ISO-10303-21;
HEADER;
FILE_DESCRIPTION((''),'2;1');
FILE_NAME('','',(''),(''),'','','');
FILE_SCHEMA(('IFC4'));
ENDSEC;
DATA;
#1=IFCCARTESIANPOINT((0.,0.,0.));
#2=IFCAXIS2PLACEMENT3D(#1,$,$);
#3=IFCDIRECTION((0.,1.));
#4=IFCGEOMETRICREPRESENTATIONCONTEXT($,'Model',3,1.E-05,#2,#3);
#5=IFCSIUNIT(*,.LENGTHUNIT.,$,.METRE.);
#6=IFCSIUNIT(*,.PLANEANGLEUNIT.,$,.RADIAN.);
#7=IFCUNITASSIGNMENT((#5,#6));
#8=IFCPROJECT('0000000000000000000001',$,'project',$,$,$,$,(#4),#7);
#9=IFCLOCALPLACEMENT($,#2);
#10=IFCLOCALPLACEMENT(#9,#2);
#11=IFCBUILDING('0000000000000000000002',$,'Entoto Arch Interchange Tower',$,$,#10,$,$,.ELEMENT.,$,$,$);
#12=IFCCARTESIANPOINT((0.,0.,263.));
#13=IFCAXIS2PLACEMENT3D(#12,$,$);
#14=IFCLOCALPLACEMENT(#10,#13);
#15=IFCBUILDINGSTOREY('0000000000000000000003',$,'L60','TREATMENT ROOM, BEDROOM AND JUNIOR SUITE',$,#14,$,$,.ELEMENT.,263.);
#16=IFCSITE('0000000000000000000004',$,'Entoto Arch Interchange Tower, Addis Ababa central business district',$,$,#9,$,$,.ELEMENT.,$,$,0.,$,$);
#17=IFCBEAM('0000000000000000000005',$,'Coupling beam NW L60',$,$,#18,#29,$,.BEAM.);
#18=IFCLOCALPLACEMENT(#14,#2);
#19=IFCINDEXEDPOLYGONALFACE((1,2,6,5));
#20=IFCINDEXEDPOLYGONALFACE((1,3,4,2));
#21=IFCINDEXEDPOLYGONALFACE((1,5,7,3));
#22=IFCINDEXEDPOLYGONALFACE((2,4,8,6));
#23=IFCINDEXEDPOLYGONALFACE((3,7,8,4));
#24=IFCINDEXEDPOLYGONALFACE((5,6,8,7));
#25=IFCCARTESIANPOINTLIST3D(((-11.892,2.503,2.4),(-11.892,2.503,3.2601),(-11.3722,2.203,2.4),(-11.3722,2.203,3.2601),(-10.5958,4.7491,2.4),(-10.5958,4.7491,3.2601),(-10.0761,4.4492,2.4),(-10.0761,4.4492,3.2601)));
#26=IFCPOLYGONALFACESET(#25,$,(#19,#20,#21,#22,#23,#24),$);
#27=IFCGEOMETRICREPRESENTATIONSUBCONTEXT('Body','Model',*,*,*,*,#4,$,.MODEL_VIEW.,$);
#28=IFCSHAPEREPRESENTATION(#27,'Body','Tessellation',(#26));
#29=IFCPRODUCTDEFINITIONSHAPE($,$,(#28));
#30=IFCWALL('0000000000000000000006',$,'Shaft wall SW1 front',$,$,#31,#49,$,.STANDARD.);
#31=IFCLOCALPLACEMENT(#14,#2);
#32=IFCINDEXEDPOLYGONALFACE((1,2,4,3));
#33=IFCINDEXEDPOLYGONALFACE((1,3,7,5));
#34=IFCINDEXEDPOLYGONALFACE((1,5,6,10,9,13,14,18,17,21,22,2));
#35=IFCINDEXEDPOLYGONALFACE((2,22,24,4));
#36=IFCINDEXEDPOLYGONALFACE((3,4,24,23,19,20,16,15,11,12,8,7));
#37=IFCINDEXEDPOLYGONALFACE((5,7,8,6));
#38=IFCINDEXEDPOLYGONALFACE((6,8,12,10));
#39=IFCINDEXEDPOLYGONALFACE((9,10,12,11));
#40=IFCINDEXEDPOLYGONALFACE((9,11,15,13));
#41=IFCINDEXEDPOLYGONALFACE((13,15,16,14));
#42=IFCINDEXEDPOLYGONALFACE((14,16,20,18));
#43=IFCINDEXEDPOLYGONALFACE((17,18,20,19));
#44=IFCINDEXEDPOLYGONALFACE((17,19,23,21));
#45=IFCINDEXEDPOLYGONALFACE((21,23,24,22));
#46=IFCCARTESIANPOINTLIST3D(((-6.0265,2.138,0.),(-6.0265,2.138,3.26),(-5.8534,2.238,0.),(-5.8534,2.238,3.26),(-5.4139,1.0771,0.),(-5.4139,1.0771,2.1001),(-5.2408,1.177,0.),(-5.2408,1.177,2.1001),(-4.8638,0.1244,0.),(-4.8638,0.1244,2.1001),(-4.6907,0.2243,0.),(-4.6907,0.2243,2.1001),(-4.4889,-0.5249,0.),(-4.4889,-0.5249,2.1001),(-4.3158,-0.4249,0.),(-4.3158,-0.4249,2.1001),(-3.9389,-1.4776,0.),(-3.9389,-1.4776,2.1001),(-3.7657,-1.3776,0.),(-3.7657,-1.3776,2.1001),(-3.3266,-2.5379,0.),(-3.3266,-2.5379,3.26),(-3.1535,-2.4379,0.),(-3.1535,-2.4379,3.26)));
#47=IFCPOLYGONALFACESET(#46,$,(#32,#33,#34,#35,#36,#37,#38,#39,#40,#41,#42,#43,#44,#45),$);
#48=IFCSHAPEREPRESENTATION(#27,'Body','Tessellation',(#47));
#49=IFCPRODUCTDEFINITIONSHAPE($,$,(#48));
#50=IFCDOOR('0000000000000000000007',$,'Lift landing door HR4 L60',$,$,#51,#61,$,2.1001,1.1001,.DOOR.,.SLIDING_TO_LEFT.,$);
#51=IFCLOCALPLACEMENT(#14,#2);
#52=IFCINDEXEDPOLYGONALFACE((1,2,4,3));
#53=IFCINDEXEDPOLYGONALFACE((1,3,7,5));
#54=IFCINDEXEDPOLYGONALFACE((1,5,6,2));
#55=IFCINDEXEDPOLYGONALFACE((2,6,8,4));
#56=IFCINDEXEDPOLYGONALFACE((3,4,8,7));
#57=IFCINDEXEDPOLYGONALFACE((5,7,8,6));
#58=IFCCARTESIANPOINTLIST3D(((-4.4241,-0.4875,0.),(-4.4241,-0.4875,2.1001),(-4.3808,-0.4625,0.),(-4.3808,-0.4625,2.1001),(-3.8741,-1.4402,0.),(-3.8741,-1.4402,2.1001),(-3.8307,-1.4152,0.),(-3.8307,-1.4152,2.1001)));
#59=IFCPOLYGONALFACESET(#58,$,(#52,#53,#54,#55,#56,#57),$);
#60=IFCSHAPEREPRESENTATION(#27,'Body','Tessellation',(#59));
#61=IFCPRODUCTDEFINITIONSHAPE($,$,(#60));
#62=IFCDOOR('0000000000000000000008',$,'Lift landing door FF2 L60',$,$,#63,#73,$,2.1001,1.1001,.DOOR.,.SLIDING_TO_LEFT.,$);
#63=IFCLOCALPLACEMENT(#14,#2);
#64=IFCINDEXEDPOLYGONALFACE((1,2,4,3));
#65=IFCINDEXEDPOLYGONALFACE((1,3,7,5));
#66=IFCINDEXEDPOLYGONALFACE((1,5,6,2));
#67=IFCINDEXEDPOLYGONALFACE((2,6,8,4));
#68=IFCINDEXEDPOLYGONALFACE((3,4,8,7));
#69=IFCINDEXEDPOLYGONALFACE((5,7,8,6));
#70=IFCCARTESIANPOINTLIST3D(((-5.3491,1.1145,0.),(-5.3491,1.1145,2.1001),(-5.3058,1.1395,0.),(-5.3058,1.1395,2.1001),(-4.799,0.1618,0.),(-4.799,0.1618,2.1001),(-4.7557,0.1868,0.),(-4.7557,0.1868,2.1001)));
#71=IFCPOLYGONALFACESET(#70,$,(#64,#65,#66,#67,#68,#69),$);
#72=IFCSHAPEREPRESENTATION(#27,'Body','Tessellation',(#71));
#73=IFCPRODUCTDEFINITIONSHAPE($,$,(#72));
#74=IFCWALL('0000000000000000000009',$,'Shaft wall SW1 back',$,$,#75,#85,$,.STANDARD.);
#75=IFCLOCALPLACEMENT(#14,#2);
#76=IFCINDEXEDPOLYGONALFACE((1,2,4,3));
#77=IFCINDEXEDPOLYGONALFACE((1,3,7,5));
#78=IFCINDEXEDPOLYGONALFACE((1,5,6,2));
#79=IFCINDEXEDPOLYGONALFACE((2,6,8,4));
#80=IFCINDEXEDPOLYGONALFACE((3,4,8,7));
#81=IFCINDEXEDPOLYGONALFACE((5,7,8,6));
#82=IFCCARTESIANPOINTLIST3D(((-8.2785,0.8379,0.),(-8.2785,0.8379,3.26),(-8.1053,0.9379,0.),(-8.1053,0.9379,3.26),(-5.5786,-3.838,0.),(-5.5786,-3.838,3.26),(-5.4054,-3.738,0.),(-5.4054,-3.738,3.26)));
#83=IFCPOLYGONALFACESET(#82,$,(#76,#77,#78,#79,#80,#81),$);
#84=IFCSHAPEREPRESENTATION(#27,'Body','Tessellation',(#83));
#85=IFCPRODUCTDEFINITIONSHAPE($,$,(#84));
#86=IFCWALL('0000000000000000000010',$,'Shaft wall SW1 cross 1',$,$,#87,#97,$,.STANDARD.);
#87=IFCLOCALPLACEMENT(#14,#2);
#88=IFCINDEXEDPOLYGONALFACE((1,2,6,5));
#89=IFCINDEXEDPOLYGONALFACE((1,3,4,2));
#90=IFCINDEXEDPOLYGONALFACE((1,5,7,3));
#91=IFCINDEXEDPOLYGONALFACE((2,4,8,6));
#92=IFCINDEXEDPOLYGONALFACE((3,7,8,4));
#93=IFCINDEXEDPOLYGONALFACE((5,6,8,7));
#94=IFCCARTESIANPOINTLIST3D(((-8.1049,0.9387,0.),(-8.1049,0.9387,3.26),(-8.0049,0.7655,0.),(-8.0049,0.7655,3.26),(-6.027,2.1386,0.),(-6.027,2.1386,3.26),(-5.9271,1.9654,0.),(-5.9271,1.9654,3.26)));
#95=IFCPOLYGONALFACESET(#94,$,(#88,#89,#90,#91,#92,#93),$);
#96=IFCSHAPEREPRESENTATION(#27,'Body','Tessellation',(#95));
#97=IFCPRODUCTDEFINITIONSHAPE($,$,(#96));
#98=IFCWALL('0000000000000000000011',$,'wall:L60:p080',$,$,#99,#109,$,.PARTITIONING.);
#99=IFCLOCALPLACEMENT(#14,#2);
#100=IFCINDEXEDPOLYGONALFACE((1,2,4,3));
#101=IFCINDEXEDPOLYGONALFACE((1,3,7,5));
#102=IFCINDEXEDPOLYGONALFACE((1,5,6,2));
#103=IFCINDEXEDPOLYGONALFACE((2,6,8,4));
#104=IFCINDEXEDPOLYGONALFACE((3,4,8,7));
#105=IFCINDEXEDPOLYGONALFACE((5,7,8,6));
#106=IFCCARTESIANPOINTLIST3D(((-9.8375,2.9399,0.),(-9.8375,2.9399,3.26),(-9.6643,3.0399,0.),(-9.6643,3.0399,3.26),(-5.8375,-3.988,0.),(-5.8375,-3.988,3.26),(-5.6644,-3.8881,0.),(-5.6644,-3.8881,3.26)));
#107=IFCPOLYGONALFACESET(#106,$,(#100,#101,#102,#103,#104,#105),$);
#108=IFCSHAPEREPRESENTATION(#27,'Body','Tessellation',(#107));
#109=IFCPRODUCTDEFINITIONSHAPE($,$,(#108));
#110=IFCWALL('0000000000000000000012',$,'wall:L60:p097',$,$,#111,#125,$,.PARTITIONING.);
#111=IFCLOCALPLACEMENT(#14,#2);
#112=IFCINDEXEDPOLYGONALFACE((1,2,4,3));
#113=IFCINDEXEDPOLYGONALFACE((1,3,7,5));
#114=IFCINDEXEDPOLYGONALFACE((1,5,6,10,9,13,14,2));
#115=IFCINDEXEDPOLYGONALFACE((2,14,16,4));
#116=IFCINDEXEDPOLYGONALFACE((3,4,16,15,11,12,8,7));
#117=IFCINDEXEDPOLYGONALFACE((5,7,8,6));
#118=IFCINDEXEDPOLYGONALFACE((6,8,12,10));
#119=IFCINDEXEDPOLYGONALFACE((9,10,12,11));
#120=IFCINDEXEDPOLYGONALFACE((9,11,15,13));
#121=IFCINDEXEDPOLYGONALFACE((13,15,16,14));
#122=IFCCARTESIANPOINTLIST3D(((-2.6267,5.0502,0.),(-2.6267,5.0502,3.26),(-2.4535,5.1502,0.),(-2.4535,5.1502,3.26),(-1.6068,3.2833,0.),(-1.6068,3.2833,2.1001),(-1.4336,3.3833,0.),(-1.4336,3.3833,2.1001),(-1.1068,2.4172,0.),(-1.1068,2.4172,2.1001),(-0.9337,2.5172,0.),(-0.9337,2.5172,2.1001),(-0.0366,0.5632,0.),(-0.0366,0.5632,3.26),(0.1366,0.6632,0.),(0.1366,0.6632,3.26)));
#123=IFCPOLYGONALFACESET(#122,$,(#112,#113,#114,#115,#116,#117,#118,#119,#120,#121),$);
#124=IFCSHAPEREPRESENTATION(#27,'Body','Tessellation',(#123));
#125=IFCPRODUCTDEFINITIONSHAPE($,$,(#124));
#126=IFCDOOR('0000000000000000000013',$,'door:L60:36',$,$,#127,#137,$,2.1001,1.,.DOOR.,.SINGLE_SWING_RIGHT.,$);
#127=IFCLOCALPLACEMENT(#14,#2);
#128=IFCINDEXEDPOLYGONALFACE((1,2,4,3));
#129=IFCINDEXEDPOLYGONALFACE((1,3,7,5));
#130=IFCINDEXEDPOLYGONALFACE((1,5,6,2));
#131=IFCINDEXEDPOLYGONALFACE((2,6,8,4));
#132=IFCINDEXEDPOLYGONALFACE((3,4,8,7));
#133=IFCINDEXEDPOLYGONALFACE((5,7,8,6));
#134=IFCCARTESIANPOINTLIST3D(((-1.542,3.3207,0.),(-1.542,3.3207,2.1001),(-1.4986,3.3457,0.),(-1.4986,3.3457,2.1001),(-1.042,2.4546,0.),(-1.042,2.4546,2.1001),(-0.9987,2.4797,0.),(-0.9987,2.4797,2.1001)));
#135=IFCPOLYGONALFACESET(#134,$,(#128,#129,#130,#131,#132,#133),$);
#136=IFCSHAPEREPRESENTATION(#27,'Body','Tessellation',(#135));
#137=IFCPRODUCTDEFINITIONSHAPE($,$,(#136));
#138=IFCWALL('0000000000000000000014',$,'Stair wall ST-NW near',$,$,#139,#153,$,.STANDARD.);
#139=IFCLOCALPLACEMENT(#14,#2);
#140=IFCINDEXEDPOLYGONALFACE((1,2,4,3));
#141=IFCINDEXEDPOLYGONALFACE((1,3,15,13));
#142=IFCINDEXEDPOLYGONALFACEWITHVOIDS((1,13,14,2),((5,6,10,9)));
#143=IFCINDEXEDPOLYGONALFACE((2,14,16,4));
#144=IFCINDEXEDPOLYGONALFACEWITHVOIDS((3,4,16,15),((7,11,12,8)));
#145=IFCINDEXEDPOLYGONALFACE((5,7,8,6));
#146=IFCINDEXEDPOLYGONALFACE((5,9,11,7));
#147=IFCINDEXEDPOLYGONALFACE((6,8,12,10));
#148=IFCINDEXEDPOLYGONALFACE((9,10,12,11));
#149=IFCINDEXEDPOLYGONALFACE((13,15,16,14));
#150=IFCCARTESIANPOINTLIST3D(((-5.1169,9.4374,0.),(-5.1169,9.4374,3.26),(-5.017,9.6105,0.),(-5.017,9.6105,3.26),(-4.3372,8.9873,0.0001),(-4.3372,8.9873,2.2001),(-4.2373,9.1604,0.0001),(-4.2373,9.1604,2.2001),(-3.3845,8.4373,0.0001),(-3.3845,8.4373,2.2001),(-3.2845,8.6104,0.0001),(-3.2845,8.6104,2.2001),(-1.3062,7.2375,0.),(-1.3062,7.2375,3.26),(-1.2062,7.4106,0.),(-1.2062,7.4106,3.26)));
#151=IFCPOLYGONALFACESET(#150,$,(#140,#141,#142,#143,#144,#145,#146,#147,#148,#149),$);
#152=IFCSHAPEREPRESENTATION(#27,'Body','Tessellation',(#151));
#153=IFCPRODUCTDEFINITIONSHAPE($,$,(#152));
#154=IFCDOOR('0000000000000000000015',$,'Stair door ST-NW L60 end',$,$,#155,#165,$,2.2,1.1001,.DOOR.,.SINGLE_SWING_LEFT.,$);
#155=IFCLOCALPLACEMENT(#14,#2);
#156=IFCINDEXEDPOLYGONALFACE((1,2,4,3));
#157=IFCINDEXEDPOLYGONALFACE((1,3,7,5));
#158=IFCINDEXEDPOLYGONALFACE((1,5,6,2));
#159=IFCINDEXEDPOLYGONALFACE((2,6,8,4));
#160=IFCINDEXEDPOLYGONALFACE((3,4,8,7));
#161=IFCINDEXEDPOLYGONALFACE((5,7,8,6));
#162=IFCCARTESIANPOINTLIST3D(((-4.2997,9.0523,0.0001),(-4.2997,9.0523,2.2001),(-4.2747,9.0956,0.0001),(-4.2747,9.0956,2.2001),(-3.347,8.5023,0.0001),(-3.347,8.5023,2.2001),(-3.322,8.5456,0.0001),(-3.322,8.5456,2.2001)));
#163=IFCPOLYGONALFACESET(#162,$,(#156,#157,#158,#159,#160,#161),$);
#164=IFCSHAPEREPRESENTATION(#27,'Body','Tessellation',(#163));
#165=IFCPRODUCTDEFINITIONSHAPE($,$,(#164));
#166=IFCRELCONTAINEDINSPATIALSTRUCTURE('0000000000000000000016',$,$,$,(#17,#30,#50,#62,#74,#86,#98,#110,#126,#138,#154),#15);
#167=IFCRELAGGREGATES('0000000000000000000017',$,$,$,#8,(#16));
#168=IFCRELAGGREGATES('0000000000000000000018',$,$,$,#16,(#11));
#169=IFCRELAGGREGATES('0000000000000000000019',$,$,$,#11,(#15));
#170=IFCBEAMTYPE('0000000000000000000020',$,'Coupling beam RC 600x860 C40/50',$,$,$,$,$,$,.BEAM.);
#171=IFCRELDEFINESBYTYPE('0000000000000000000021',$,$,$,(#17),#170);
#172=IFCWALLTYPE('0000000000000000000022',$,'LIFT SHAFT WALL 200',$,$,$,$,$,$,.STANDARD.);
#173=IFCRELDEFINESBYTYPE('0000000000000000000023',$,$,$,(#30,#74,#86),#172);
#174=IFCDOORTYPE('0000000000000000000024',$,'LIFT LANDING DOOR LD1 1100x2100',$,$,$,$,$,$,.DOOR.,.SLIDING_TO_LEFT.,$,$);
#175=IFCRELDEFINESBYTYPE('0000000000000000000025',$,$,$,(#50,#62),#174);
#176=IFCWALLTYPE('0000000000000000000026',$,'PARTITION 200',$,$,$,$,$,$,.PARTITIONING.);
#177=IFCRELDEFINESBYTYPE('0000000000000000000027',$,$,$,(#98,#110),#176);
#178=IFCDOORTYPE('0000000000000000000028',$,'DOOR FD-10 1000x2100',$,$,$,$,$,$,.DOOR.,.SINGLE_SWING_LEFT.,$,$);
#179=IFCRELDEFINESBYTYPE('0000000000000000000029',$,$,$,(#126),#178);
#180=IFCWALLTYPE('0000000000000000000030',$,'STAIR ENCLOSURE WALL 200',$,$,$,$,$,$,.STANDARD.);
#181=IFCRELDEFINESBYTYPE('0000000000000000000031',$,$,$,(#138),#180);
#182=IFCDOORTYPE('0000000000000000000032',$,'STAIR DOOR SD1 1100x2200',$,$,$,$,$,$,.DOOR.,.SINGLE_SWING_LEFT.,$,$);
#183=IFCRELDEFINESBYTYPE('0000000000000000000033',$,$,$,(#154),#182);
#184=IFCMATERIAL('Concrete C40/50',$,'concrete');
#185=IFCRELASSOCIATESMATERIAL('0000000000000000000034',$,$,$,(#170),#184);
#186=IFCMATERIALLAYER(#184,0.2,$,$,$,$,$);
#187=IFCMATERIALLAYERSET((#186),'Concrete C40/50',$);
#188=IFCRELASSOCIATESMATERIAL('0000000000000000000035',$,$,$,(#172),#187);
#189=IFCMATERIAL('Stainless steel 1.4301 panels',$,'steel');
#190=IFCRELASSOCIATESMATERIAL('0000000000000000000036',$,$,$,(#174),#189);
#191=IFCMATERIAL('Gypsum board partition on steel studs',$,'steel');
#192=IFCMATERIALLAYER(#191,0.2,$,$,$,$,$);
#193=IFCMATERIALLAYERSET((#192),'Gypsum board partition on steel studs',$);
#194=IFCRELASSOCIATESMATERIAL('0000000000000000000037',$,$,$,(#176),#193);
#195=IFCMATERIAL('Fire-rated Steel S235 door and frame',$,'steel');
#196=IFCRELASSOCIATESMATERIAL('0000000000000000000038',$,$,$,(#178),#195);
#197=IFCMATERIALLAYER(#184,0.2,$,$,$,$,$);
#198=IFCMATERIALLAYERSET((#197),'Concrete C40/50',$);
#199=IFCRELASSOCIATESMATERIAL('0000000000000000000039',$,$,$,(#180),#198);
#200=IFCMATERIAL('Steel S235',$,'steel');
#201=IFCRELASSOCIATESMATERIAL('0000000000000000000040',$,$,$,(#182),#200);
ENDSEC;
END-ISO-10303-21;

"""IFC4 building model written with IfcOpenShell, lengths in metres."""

from ifc_helpers import new_model, si_unit, direction, frame, frame_2d, origin, origin_2d, place, context, subcontext, project, spatial, rectangle, extrude, material, layer, layer_set, material_profile, profile_set, type_object, element, fill, save


model = new_model("IFC4")

# Units and contexts
model_context = context("Model", 3, precision=1e-05, world=origin(), true_north=direction((0.0, 1.0)))
body_context = subcontext(model_context, "Body", "Model", "MODEL_VIEW")
ifc_project = project(units=[si_unit("LENGTHUNIT", "METRE"), si_unit("PLANEANGLEUNIT", "RADIAN")], contexts=[model_context])

# Site, building, storey
site_placement = place(None, origin())
site = spatial("IfcSite", under=ifc_project, at=site_placement, Name="Entoto Arch Interchange Tower, Addis Ababa central business district", CompositionType="ELEMENT", RefElevation=0.0)
building_placement = place(site_placement, origin())
building = spatial("IfcBuilding", under=site, at=building_placement, Name="Entoto Arch Interchange Tower", CompositionType="ELEMENT")
storey_placement = place(building_placement, frame((0.0, 0.0, 263.0)))
storey = spatial("IfcBuildingStorey", under=building, at=storey_placement, Name="L60", Description="TREATMENT ROOM, BEDROOM AND JUNIOR SUITE", CompositionType="ELEMENT", Elevation=263.0)

# Beam
ifc_material_1 = material(Name="Concrete C40/50", Category="concrete")
ifc_material_profile = material_profile(ifc_material_1, rectangle(XDim=0.6001, YDim=0.8601, at=origin_2d()))
ifc_profile_set = profile_set([ifc_material_profile], Name="Concrete C40/50")
beam_type = type_object("IfcBeamType", Name="Coupling beam RC 600x860 C40/50", PredefinedType="BEAM", material=ifc_profile_set)
beam_placement = place(storey_placement, frame((-10.3359, 4.5991, 2.8301), z_axis=(-0.499815, -0.866132, 0.0), x_axis=(0.866132, -0.499815, 0.0)))
element("IfcBeam", 1, at=beam_placement, inside=storey, type_object=beam_type, Name="Coupling beam NW L60", PredefinedType="BEAM", context=body_context, shape_type="SweptSolid", body=[
    extrude(rectangle(XDim=0.6001, YDim=0.8601, at=origin_2d()), origin(), (0.0, 0.0, 1.0), 2.5933),
])

# Wall, openings, doors
ifc_layer_1 = layer(ifc_material_1, 0.2)
ifc_layer_set_1 = layer_set([ifc_layer_1], Name="Concrete C40/50")
wall_type_1 = type_object("IfcWallType", Name="LIFT SHAFT WALL 200", PredefinedType="STANDARD", material=ifc_layer_set_1)
wall_1_placement = place(storey_placement, frame((-5.9399, 2.188, 0.0), z_axis=(0.0, 0.0, 1.0), x_axis=(0.500034, -0.866006, 0.0)))
wall_1 = element("IfcWall", 2, at=wall_1_placement, inside=storey, type_object=wall_type_1, Name="Shaft wall SW1 front", PredefinedType="STANDARD", context=body_context, shape_type="SweptSolid", body=[
    extrude(rectangle(XDim=5.3994, YDim=0.2, at=frame_2d((2.6997, 0.0))), origin(), (0.0, 0.0, 1.0), 3.26),
])
opening_1_placement = place(wall_1_placement, frame((3.075, 0.0, 0.0)))
opening_1 = element("IfcOpeningElement", 3, at=opening_1_placement, cuts=wall_1, PredefinedType="OPENING", context=body_context, shape_type="SweptSolid", body=[
    extrude(rectangle(XDim=1.1001, YDim=2.1001, at=frame_2d((0.55, 1.05))), frame((0.0, 0.1099, 0.0), z_axis=(0.0, -1.0, 0.0), x_axis=(1.0, 0.0, 0.0)), (0.0, 0.0, 1.0), 0.22),
])
opening_2_placement = place(wall_1_placement, frame((1.2251, 0.0, 0.0)))
opening_2 = element("IfcOpeningElement", 4, at=opening_2_placement, cuts=wall_1, PredefinedType="OPENING", context=body_context, shape_type="SweptSolid", body=[
    extrude(rectangle(XDim=1.1001, YDim=2.1001, at=frame_2d((0.55, 1.05))), frame((0.0, 0.1099, 0.0), z_axis=(0.0, -1.0, 0.0), x_axis=(1.0, 0.0, 0.0)), (0.0, 0.0, 1.0), 0.22),
])
ifc_material_2 = material(Name="Stainless steel 1.4301 panels", Category="steel")
door_type_1 = type_object("IfcDoorType", Name="LIFT LANDING DOOR LD1 1100x2100", OperationType="SLIDING_TO_LEFT", PredefinedType="DOOR", material=ifc_material_2)
door_1_placement = place(opening_1_placement, origin())
door_1 = element("IfcDoor", 5, at=door_1_placement, inside=storey, type_object=door_type_1, Name="Lift landing door HR4 L60", OperationType="SLIDING_TO_LEFT", OverallHeight=2.1001, OverallWidth=1.1001, PredefinedType="DOOR", context=body_context, shape_type="SweptSolid", body=[
    extrude(rectangle(XDim=1.1001, YDim=2.1001, at=frame_2d((0.55, 1.05))), frame((0.0, 0.0249, 0.0), z_axis=(0.0, -1.0, 0.0), x_axis=(1.0, 0.0, 0.0)), (0.0, 0.0, 1.0), 0.05),
])
fill(opening_1, door_1)
door_2_placement = place(opening_2_placement, origin())
door_2 = element("IfcDoor", 6, at=door_2_placement, inside=storey, type_object=door_type_1, Name="Lift landing door FF2 L60", OperationType="SLIDING_TO_LEFT", OverallHeight=2.1001, OverallWidth=1.1001, PredefinedType="DOOR", context=body_context, shape_type="SweptSolid", body=[
    extrude(rectangle(XDim=1.1001, YDim=2.1001, at=frame_2d((0.55, 1.05))), frame((0.0, 0.0249, 0.0), z_axis=(0.0, -1.0, 0.0), x_axis=(1.0, 0.0, 0.0)), (0.0, 0.0, 1.0), 0.05),
])
fill(opening_2, door_2)

# Walls
wall_2_placement = place(storey_placement, frame((-8.1919, 0.8879, 0.0), z_axis=(0.0, 0.0, 1.0), x_axis=(0.500034, -0.866006, 0.0)))
element("IfcWall", 7, at=wall_2_placement, inside=storey, type_object=wall_type_1, Name="Shaft wall SW1 back", PredefinedType="STANDARD", context=body_context, shape_type="SweptSolid", body=[
    extrude(rectangle(XDim=5.3994, YDim=0.2, at=frame_2d((2.6997, 0.0))), origin(), (0.0, 0.0, 1.0), 3.26),
])
wall_3_placement = place(storey_placement, frame((-5.9771, 2.052, 0.0), z_axis=(0.0, 0.0, 1.0), x_axis=(-0.865974, -0.500089, 0.0)))
element("IfcWall", 8, at=wall_3_placement, inside=storey, type_object=wall_type_1, Name="Shaft wall SW1 cross 1", PredefinedType="STANDARD", context=body_context, shape_type="SweptSolid", body=[
    extrude(rectangle(XDim=2.3994, YDim=0.2, at=frame_2d((1.1997, 0.0))), origin(), (0.0, 0.0, 1.0), 3.26),
])
ifc_material_3 = material(Name="Gypsum board partition on steel studs", Category="steel")
ifc_layer_2 = layer(ifc_material_3, 0.2)
ifc_layer_set_2 = layer_set([ifc_layer_2], Name="Gypsum board partition on steel studs")
wall_type_2 = type_object("IfcWallType", Name="PARTITION 200", PredefinedType="PARTITIONING", material=ifc_layer_set_2)
wall_4_placement = place(storey_placement, frame((-9.751, 2.99, 0.0), z_axis=(0.0, 0.0, 1.0), x_axis=(0.500012, -0.866018, 0.0)))
element("IfcWall", 9, at=wall_4_placement, inside=storey, type_object=wall_type_2, Name="wall:L60:p080", PredefinedType="PARTITIONING", context=body_context, shape_type="SweptSolid", body=[
    extrude(rectangle(XDim=7.9998, YDim=0.2, at=frame_2d((4.0, 0.0))), origin(), (0.0, 0.0, 1.0), 3.26),
])

# Walls, openings, doors
wall_5_placement = place(storey_placement, frame((-2.54, 5.1001, 0.0), z_axis=(0.0, 0.0, 1.0), x_axis=(0.499925, -0.866069, 0.0)))
wall_5 = element("IfcWall", 10, at=wall_5_placement, inside=storey, type_object=wall_type_2, Name="wall:L60:p097", PredefinedType="PARTITIONING", context=body_context, shape_type="SweptSolid", body=[
    extrude(rectangle(XDim=5.1809, YDim=0.2, at=frame_2d((2.5903, 0.0))), origin(), (0.0, 0.0, 1.0), 3.26),
])
opening_3_placement = place(wall_5_placement, frame((2.04, 0.0, 0.0)))
opening_3 = element("IfcOpeningElement", 11, at=opening_3_placement, cuts=wall_5, PredefinedType="OPENING", context=body_context, shape_type="SweptSolid", body=[
    extrude(rectangle(XDim=1.0, YDim=2.1001, at=frame_2d((0.5, 1.05))), frame((0.0, 0.1099, 0.0), z_axis=(0.0, -1.0, 0.0), x_axis=(1.0, 0.0, 0.0)), (0.0, 0.0, 1.0), 0.22),
])
ifc_material_4 = material(Name="Fire-rated Steel S235 door and frame", Category="steel")
door_type_2 = type_object("IfcDoorType", Name="DOOR FD-10 1000x2100", OperationType="SINGLE_SWING_LEFT", PredefinedType="DOOR", material=ifc_material_4)
door_3_placement = place(opening_3_placement, origin())
door_3 = element("IfcDoor", 12, at=door_3_placement, inside=storey, type_object=door_type_2, Name="door:L60:36", OperationType="SINGLE_SWING_RIGHT", OverallHeight=2.1001, OverallWidth=1.0, PredefinedType="DOOR", context=body_context, shape_type="SweptSolid", body=[
    extrude(rectangle(XDim=1.0, YDim=2.1001, at=frame_2d((0.5, 1.05))), frame((0.0, 0.0249, 0.0), z_axis=(0.0, -1.0, 0.0), x_axis=(1.0, 0.0, 0.0)), (0.0, 0.0, 1.0), 0.05),
])
fill(opening_3, door_3)
ifc_layer_3 = layer(ifc_material_1, 0.2)
ifc_layer_set_3 = layer_set([ifc_layer_3], Name="Concrete C40/50")
wall_type_3 = type_object("IfcWallType", Name="STAIR ENCLOSURE WALL 200", PredefinedType="STANDARD", material=ifc_layer_set_3)
wall_6_placement = place(storey_placement, frame((-1.2561, 7.324, 0.0), z_axis=(0.0, 0.0, 1.0), x_axis=(-0.866046, 0.499964, 0.0)))
wall_6 = element("IfcWall", 13, at=wall_6_placement, inside=storey, type_object=wall_type_3, Name="Stair wall ST-NW near", PredefinedType="STANDARD", context=body_context, shape_type="SweptSolid", body=[
    extrude(rectangle(XDim=4.4001, YDim=0.2, at=frame_2d((2.2002, 0.0))), origin(), (0.0, 0.0, 1.0), 3.26),
])
opening_4_placement = place(wall_6_placement, frame((2.3999, 0.0, 0.0)))
opening_4 = element("IfcOpeningElement", 14, at=opening_4_placement, cuts=wall_6, PredefinedType="OPENING", context=body_context, shape_type="SweptSolid", body=[
    extrude(rectangle(XDim=1.1001, YDim=2.2, at=frame_2d((0.55, 1.1001))), frame((0.0, 0.1099, 0.0), z_axis=(0.0, -1.0, 0.0), x_axis=(1.0, 0.0, 0.0)), (0.0, 0.0, 1.0), 0.22),
])
ifc_material_5 = material(Name="Steel S235", Category="steel")
door_type_3 = type_object("IfcDoorType", Name="STAIR DOOR SD1 1100x2200", OperationType="SINGLE_SWING_LEFT", PredefinedType="DOOR", material=ifc_material_5)
door_4_placement = place(opening_4_placement, origin())
door_4 = element("IfcDoor", 15, at=door_4_placement, inside=storey, type_object=door_type_3, Name="Stair door ST-NW L60 end", OperationType="SINGLE_SWING_LEFT", OverallHeight=2.2, OverallWidth=1.1001, PredefinedType="DOOR", context=body_context, shape_type="SweptSolid", body=[
    extrude(rectangle(XDim=1.1001, YDim=2.2, at=frame_2d((0.55, 1.1001))), frame((0.0, 0.0249, 0.0), z_axis=(0.0, -1.0, 0.0), x_axis=(1.0, 0.0, 0.0)), (0.0, 0.0, 1.0), 0.05),
])
fill(opening_4, door_4)

save(model, "model.ifc")
